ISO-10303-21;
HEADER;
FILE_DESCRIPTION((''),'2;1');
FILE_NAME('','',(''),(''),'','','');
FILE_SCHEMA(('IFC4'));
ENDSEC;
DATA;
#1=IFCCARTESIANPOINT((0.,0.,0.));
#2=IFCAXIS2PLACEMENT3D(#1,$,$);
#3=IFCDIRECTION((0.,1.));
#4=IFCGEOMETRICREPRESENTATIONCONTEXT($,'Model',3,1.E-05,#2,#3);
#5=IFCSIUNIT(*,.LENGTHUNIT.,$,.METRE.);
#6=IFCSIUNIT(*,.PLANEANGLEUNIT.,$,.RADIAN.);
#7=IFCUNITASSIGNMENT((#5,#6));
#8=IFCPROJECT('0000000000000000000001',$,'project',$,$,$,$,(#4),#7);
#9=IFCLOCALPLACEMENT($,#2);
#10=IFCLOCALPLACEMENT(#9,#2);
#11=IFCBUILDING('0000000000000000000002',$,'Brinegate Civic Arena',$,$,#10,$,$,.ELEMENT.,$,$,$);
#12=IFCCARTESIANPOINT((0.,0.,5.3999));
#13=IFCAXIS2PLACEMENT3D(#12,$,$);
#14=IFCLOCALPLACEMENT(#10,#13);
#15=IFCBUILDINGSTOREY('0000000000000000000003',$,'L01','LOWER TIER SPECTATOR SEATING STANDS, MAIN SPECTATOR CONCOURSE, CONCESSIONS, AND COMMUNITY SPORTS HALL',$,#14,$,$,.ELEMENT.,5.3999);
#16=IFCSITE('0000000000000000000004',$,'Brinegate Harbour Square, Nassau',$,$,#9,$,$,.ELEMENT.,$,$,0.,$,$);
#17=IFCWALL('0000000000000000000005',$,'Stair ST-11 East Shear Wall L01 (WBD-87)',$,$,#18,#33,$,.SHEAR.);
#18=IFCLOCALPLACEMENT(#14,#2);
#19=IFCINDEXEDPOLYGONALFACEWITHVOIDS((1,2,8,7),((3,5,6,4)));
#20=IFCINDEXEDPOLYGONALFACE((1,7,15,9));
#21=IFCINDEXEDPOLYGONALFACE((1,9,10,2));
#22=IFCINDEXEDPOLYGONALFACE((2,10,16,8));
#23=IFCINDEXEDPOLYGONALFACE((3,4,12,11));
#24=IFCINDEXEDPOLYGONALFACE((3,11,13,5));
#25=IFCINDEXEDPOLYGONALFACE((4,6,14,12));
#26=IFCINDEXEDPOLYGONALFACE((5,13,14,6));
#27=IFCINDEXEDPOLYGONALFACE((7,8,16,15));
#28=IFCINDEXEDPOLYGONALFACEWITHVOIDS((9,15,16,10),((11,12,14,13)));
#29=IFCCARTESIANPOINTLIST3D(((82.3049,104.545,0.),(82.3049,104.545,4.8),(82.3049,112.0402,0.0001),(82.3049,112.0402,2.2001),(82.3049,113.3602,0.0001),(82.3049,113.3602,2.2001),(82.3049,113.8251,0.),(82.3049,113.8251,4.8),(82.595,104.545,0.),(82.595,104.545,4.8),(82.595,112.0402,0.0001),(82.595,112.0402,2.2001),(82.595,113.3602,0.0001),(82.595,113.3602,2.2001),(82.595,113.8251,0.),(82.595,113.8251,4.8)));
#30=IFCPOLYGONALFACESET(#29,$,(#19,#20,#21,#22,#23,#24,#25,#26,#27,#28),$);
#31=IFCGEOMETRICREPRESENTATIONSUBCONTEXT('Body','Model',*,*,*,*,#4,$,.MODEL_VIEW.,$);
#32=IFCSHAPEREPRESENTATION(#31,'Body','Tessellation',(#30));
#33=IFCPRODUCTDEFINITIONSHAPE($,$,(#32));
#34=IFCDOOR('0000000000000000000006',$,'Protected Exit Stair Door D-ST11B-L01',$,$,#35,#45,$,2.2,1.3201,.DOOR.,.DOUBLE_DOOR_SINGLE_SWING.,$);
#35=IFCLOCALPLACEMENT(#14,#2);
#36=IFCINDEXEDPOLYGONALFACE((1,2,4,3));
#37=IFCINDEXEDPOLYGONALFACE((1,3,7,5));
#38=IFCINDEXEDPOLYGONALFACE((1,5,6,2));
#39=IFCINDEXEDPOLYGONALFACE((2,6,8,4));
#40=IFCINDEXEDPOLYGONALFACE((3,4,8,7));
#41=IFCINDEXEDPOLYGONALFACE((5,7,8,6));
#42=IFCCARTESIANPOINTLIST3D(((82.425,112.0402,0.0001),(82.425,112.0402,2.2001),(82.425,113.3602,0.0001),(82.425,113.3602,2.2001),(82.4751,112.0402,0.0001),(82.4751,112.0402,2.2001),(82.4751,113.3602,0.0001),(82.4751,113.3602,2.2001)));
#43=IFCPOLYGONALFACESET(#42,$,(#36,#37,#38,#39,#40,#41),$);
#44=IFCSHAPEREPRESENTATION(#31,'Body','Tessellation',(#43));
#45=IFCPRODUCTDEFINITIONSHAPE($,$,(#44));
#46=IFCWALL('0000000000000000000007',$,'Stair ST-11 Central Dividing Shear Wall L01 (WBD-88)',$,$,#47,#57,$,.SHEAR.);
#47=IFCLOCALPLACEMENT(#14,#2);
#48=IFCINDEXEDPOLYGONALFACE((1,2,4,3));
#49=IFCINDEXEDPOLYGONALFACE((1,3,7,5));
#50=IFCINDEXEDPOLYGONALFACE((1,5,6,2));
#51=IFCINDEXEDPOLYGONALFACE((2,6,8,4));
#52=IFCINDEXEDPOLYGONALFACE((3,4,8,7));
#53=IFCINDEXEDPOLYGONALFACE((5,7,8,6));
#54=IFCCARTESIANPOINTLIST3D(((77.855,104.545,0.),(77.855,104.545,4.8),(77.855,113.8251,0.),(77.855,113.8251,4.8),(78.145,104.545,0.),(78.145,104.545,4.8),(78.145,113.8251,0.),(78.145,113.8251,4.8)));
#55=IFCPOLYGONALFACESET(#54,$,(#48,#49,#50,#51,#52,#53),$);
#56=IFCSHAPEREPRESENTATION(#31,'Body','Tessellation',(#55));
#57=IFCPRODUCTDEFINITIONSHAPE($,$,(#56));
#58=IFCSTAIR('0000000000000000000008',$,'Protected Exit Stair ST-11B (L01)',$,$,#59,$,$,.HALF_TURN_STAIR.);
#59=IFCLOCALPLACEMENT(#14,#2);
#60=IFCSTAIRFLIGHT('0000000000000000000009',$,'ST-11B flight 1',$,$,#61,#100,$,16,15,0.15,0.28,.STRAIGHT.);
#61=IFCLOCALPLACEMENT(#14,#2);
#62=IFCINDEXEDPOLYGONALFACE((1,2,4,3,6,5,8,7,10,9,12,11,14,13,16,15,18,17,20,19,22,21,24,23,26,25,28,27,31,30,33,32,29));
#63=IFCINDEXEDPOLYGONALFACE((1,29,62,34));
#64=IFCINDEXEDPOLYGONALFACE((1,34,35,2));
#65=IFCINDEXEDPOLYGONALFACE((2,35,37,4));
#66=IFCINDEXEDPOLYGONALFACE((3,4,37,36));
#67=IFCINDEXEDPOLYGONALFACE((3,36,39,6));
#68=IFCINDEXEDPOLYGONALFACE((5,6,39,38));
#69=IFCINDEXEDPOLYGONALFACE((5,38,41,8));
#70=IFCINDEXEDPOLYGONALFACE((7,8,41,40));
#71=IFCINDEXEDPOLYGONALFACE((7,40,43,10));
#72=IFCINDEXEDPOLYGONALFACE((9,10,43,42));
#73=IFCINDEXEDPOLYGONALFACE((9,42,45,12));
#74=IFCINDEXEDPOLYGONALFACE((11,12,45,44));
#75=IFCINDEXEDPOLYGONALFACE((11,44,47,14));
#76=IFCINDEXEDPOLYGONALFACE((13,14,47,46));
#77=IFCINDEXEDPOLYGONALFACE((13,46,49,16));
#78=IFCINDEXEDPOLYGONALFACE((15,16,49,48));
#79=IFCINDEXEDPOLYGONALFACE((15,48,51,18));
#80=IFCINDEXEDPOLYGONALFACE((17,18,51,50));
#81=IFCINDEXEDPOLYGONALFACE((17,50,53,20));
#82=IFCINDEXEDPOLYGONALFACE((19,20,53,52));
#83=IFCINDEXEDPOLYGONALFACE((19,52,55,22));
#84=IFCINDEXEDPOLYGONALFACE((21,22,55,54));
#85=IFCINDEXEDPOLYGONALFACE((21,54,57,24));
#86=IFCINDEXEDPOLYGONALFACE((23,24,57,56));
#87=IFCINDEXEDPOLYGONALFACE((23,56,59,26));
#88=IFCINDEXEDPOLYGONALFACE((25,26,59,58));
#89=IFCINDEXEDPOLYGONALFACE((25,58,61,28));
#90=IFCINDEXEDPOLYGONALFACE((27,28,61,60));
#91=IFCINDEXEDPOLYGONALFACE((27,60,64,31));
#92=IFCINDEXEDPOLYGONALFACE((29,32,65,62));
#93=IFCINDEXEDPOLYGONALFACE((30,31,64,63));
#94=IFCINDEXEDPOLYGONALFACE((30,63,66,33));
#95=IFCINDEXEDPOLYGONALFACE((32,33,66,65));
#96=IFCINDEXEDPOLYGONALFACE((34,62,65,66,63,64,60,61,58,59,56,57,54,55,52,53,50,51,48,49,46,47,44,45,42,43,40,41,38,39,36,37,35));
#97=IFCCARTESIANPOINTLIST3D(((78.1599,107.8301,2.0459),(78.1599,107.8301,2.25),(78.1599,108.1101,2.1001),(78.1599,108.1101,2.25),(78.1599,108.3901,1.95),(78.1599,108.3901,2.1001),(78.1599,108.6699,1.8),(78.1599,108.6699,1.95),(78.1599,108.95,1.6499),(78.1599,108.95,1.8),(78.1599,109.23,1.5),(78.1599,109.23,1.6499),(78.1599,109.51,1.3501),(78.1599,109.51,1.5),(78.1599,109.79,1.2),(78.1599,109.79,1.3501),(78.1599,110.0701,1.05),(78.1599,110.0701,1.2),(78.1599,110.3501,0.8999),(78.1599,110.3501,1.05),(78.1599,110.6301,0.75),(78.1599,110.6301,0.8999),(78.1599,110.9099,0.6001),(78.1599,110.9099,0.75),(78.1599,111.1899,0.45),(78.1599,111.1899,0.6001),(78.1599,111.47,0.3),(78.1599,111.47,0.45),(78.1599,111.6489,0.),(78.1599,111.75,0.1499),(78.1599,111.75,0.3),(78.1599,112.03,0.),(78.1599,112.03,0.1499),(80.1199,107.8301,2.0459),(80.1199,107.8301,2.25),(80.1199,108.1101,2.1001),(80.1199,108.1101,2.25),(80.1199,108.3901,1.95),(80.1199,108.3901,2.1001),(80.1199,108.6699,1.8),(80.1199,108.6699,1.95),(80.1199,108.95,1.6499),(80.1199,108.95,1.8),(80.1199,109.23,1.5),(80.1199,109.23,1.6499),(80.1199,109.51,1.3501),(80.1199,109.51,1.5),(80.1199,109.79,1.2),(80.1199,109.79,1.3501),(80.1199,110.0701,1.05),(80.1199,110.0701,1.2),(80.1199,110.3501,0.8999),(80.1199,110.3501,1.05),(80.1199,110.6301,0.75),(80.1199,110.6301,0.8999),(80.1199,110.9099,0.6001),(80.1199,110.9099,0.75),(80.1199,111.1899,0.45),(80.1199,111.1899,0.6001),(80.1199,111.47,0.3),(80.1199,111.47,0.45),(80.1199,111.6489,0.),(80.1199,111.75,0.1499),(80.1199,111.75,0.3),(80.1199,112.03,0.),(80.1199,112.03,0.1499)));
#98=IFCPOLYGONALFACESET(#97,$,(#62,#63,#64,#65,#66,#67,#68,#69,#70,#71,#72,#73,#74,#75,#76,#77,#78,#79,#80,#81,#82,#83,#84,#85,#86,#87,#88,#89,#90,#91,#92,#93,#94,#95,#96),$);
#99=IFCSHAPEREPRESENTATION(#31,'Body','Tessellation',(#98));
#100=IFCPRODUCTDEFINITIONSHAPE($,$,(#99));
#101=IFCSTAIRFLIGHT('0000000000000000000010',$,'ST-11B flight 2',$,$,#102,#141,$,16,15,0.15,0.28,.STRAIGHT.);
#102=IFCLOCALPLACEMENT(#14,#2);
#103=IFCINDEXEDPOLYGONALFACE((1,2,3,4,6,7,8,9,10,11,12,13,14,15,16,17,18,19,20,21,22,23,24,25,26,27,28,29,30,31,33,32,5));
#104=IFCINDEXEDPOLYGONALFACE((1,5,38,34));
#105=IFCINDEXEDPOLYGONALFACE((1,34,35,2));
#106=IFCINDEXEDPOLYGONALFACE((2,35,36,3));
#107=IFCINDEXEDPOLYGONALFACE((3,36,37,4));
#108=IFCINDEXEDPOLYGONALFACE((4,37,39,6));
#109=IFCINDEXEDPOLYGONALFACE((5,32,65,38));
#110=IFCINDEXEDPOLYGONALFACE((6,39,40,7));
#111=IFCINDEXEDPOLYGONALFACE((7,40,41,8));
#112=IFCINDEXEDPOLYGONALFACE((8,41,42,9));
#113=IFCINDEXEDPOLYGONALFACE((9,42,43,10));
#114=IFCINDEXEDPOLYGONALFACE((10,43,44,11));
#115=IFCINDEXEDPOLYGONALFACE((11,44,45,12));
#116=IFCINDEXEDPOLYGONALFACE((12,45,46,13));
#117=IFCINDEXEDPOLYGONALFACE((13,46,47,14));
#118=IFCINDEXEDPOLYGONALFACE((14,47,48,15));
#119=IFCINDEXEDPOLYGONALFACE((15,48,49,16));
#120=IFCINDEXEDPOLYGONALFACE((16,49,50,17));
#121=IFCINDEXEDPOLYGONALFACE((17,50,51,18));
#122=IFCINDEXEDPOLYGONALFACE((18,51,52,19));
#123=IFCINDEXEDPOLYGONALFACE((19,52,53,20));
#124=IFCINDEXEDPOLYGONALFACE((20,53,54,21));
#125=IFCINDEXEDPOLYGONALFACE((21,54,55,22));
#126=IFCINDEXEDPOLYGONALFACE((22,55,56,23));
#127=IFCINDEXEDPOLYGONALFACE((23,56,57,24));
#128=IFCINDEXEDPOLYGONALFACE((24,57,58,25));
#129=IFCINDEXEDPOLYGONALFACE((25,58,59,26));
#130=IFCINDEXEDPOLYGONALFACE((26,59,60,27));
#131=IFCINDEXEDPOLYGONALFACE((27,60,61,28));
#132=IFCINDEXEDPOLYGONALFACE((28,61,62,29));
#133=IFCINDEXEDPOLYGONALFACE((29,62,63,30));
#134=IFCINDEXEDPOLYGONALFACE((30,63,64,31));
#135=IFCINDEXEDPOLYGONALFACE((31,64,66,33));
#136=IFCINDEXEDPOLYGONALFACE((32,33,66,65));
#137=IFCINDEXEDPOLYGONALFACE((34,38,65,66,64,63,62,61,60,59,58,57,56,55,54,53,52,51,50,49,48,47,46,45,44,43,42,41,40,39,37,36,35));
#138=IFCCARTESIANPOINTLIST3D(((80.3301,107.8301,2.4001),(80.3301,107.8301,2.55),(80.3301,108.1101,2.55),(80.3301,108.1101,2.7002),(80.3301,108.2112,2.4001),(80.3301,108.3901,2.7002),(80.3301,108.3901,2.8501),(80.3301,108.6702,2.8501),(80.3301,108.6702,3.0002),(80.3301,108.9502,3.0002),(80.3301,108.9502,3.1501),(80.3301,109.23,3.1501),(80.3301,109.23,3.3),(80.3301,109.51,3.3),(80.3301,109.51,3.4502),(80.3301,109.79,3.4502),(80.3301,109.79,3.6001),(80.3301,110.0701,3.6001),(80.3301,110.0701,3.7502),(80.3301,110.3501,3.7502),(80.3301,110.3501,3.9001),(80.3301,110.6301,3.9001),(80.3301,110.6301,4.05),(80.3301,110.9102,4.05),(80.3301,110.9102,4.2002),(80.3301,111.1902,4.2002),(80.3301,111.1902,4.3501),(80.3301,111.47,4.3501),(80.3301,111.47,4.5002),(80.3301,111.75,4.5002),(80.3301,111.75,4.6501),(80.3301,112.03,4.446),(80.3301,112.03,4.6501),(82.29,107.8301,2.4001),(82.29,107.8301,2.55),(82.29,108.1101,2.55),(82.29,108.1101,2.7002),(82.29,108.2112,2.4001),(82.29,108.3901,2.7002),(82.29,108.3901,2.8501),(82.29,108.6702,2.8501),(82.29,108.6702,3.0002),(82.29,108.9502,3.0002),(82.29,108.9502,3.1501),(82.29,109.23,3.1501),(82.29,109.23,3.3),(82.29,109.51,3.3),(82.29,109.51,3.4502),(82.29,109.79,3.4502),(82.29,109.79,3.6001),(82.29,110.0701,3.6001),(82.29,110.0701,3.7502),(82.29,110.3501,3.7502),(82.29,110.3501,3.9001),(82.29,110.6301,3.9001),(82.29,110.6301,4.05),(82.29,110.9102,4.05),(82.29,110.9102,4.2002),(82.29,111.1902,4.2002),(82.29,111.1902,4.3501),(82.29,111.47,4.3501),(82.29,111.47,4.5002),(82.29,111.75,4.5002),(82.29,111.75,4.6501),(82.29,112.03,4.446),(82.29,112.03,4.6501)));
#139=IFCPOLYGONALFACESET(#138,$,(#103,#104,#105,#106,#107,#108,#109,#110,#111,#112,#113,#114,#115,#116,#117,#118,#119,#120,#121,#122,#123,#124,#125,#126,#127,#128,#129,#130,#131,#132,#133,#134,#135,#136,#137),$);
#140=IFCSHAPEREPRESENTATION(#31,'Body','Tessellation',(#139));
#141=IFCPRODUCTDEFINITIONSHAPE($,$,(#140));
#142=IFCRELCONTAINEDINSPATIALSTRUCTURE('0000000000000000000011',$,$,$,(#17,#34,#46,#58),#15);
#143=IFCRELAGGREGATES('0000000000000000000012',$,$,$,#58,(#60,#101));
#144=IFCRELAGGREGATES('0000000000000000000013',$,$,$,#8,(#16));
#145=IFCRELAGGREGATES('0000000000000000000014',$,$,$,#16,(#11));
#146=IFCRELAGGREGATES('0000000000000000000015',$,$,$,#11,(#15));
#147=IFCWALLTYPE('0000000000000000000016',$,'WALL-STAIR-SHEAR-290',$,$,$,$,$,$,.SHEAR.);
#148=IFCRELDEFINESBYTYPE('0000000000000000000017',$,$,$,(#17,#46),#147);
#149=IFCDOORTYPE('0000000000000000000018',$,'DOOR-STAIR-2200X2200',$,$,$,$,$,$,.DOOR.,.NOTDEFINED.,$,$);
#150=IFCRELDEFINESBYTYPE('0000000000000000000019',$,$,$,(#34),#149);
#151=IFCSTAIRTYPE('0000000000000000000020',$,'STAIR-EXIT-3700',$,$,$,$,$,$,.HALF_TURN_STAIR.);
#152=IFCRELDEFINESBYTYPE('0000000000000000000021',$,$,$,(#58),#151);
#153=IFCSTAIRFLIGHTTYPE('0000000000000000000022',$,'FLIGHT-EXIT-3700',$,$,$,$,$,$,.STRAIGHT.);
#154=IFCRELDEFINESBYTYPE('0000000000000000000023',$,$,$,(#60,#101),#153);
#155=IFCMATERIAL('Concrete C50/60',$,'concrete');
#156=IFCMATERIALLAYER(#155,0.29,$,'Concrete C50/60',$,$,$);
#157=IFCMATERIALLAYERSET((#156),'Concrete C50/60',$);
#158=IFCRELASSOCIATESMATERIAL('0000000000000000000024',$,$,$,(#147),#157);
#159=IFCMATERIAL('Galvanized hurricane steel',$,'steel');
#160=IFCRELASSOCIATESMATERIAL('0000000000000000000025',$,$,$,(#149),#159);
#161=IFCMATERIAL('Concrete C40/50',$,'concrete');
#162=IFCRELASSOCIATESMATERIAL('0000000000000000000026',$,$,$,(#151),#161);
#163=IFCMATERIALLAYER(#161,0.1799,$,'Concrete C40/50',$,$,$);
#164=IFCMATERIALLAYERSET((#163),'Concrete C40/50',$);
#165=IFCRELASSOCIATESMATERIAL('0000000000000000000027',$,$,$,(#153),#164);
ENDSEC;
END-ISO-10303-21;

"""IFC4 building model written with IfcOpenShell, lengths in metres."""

from ifc_helpers import new_model, si_unit, direction, frame, frame_2d, origin, place, context, subcontext, project, spatial, polyline, rectangle, outline, extrude, material, layer, layer_set, type_object, element, fill, aggregate, save


model = new_model("IFC4")

# Units and contexts
model_context = context("Model", 3, precision=1e-05, world=origin(), true_north=direction((0.0, 1.0)))
body_context = subcontext(model_context, "Body", "Model", "MODEL_VIEW")
ifc_project = project(units=[si_unit("LENGTHUNIT", "METRE"), si_unit("PLANEANGLEUNIT", "RADIAN")], contexts=[model_context])

# Site, building, storey
site_placement = place(None, origin())
site = spatial("IfcSite", under=ifc_project, at=site_placement, Name="Brinegate Harbour Square, Nassau", CompositionType="ELEMENT", RefElevation=0.0)
building_placement = place(site_placement, origin())
building = spatial("IfcBuilding", under=site, at=building_placement, Name="Brinegate Civic Arena", CompositionType="ELEMENT")
storey_placement = place(building_placement, frame((0.0, 0.0, 5.3999)))
storey = spatial("IfcBuildingStorey", under=building, at=storey_placement, Name="L01", Description="LOWER TIER SPECTATOR SEATING STANDS, MAIN SPECTATOR CONCOURSE, CONCESSIONS, AND COMMUNITY SPORTS HALL", CompositionType="ELEMENT", Elevation=5.3999)

# Shared definitions
ifc_material_1 = material(Name="Concrete C50/60", Category="concrete")

# Shared definitions
ifc_layer_1 = layer(ifc_material_1, 0.29, Name="Concrete C50/60")
ifc_layer_set_1 = layer_set([ifc_layer_1], Name="Concrete C50/60")
wall_type_1 = type_object("IfcWallType", Name="WALL-STAIR-SHEAR-290", PredefinedType="SHEAR", material=ifc_layer_set_1)

# Wall, opening, door
ifc_material_2 = material(Name="Galvanized hurricane steel", Category="steel")
wall_1_placement = place(storey_placement, frame((82.45, 104.5449, 0.0), z_axis=(0.0, 0.0, 1.0), x_axis=(0.0, 1.0, 0.0)))
wall_1 = element("IfcWall", 1, at=wall_1_placement, inside=storey, type_object=wall_type_1, Name="Stair ST-11 East Shear Wall L01 (WBD-87)", PredefinedType="SHEAR", context=body_context, shape_type="SweptSolid", body=[
    extrude(rectangle(XDim=9.28, YDim=0.29, at=frame_2d((4.6401, 0.0))), origin(), (0.0, 0.0, 1.0), 4.8),
])
opening_1_placement = place(wall_1_placement, frame((7.4951, 0.0, 0.0)))
opening_1 = element("IfcOpeningElement", 2, at=opening_1_placement, cuts=wall_1, PredefinedType="OPENING", context=body_context, shape_type="SweptSolid", body=[
    extrude(rectangle(XDim=1.3201, YDim=2.2, at=frame_2d((0.6602, 1.1001))), frame((0.0, 0.155, 0.0), z_axis=(0.0, -1.0, 0.0), x_axis=(1.0, 0.0, 0.0)), (0.0, 0.0, 1.0), 0.3101),
])
door_type_1 = type_object("IfcDoorType", Name="DOOR-STAIR-2200X2200", OperationType="NOTDEFINED", PredefinedType="DOOR", material=ifc_material_2)
door_1_placement = place(opening_1_placement, origin())
door_1 = element("IfcDoor", 3, at=door_1_placement, inside=storey, type_object=door_type_1, Name="Protected Exit Stair Door D-ST11B-L01", OperationType="DOUBLE_DOOR_SINGLE_SWING", OverallHeight=2.2, OverallWidth=1.3201, PredefinedType="DOOR", context=body_context, shape_type="SweptSolid", body=[
    extrude(rectangle(XDim=1.3201, YDim=2.2, at=frame_2d((0.6602, 1.1001))), frame((0.0, 0.0249, 0.0), z_axis=(0.0, -1.0, 0.0), x_axis=(1.0, 0.0, 0.0)), (0.0, 0.0, 1.0), 0.05),
])
fill(opening_1, door_1)

# Wall
wall_2_placement = place(storey_placement, frame((78.0, 104.5449, 0.0), z_axis=(0.0, 0.0, 1.0), x_axis=(0.0, 1.0, 0.0)))
element("IfcWall", 4, at=wall_2_placement, inside=storey, type_object=wall_type_1, Name="Stair ST-11 Central Dividing Shear Wall L01 (WBD-88)", PredefinedType="SHEAR", context=body_context, shape_type="SweptSolid", body=[
    extrude(rectangle(XDim=9.28, YDim=0.29, at=frame_2d((4.6401, 0.0))), origin(), (0.0, 0.0, 1.0), 4.8),
])

# Stair, stair flights
ifc_material_3 = material(Name="Concrete C40/50", Category="concrete")
stair_type_1 = type_object("IfcStairType", Name="STAIR-EXIT-3700", PredefinedType="HALF_TURN_STAIR", material=ifc_material_3)
stair_1_placement = place(storey_placement, origin())
stair_1 = element("IfcStair", 5, at=stair_1_placement, inside=storey, type_object=stair_type_1, Name="Protected Exit Stair ST-11B (L01)", PredefinedType="HALF_TURN_STAIR")
ifc_layer_2 = layer(ifc_material_3, 0.1799, Name="Concrete C40/50")
ifc_layer_set_2 = layer_set([ifc_layer_2], Name="Concrete C40/50")
stair_flight_type_1 = type_object("IfcStairFlightType", Name="FLIGHT-EXIT-3700", PredefinedType="STRAIGHT", material=ifc_layer_set_2)
stair_flight_1_placement = place(storey_placement, frame((79.1399, 112.03, 0.0), z_axis=(0.0, 0.0, 1.0), x_axis=(0.0, -1.0, 0.0)))
stair_flight_1 = element("IfcStairFlight", 6, at=stair_flight_1_placement, type_object=stair_flight_type_1, Name="ST-11B flight 1", NumberOfRisers=16, NumberOfTreads=15, PredefinedType="STRAIGHT", RiserHeight=0.15, TreadLength=0.28, context=body_context, shape_type="SweptSolid", body=[
    extrude(outline(polyline([(0.0, 0.0), (0.0, 0.1499), (0.28, 0.1499), (0.28, 0.3), (0.5601, 0.3), (0.5601, 0.45), (0.8401, 0.45), (0.8401, 0.6001), (1.1201, 0.6001), (1.1201, 0.75), (1.3999, 0.75), (1.3999, 0.8999), (1.6799, 0.8999), (1.6799, 1.05), (1.96, 1.05), (1.96, 1.2), (2.24, 1.2), (2.24, 1.3501), (2.52, 1.3501), (2.52, 1.5), (2.8, 1.5), (2.8, 1.6499), (3.0801, 1.6499), (3.0801, 1.8), (3.3601, 1.8), (3.3601, 1.95), (3.6399, 1.95), (3.6399, 2.1001), (3.9199, 2.1001), (3.9199, 2.25), (4.2, 2.25), (4.2, 2.3999), (4.2, 2.0459), (0.3811, 0.0), (0.0, 0.0)])), frame((0.0, 0.98, 0.0), z_axis=(0.0, -1.0, 0.0), x_axis=(1.0, 0.0, 0.0)), (0.0, 0.0, 1.0), 1.96),
])
stair_flight_2_placement = place(storey_placement, frame((81.3101, 107.8301, 2.4001), z_axis=(0.0, 0.0, 1.0), x_axis=(0.0, 1.0, 0.0)))
stair_flight_2 = element("IfcStairFlight", 7, at=stair_flight_2_placement, type_object=stair_flight_type_1, Name="ST-11B flight 2", NumberOfRisers=16, NumberOfTreads=15, PredefinedType="STRAIGHT", RiserHeight=0.15, TreadLength=0.28, context=body_context, shape_type="SweptSolid", body=[
    extrude(outline(polyline([(0.0, 0.0), (0.0, 0.1499), (0.28, 0.1499), (0.28, 0.3), (0.5601, 0.3), (0.5601, 0.45), (0.8401, 0.45), (0.8401, 0.6001), (1.1201, 0.6001), (1.1201, 0.75), (1.3999, 0.75), (1.3999, 0.8999), (1.6799, 0.8999), (1.6799, 1.05), (1.96, 1.05), (1.96, 1.2), (2.24, 1.2), (2.24, 1.3501), (2.52, 1.3501), (2.52, 1.5), (2.8, 1.5), (2.8, 1.6499), (3.0801, 1.6499), (3.0801, 1.8), (3.3601, 1.8), (3.3601, 1.95), (3.6399, 1.95), (3.6399, 2.1001), (3.9199, 2.1001), (3.9199, 2.25), (4.2, 2.25), (4.2, 2.3999), (4.2, 2.0459), (0.3811, 0.0), (0.0, 0.0)])), frame((0.0, 0.98, 0.0), z_axis=(0.0, -1.0, 0.0), x_axis=(1.0, 0.0, 0.0)), (0.0, 0.0, 1.0), 1.96),
])
aggregate(stair_1, [stair_flight_1, stair_flight_2])

save(model, "model.ifc")
